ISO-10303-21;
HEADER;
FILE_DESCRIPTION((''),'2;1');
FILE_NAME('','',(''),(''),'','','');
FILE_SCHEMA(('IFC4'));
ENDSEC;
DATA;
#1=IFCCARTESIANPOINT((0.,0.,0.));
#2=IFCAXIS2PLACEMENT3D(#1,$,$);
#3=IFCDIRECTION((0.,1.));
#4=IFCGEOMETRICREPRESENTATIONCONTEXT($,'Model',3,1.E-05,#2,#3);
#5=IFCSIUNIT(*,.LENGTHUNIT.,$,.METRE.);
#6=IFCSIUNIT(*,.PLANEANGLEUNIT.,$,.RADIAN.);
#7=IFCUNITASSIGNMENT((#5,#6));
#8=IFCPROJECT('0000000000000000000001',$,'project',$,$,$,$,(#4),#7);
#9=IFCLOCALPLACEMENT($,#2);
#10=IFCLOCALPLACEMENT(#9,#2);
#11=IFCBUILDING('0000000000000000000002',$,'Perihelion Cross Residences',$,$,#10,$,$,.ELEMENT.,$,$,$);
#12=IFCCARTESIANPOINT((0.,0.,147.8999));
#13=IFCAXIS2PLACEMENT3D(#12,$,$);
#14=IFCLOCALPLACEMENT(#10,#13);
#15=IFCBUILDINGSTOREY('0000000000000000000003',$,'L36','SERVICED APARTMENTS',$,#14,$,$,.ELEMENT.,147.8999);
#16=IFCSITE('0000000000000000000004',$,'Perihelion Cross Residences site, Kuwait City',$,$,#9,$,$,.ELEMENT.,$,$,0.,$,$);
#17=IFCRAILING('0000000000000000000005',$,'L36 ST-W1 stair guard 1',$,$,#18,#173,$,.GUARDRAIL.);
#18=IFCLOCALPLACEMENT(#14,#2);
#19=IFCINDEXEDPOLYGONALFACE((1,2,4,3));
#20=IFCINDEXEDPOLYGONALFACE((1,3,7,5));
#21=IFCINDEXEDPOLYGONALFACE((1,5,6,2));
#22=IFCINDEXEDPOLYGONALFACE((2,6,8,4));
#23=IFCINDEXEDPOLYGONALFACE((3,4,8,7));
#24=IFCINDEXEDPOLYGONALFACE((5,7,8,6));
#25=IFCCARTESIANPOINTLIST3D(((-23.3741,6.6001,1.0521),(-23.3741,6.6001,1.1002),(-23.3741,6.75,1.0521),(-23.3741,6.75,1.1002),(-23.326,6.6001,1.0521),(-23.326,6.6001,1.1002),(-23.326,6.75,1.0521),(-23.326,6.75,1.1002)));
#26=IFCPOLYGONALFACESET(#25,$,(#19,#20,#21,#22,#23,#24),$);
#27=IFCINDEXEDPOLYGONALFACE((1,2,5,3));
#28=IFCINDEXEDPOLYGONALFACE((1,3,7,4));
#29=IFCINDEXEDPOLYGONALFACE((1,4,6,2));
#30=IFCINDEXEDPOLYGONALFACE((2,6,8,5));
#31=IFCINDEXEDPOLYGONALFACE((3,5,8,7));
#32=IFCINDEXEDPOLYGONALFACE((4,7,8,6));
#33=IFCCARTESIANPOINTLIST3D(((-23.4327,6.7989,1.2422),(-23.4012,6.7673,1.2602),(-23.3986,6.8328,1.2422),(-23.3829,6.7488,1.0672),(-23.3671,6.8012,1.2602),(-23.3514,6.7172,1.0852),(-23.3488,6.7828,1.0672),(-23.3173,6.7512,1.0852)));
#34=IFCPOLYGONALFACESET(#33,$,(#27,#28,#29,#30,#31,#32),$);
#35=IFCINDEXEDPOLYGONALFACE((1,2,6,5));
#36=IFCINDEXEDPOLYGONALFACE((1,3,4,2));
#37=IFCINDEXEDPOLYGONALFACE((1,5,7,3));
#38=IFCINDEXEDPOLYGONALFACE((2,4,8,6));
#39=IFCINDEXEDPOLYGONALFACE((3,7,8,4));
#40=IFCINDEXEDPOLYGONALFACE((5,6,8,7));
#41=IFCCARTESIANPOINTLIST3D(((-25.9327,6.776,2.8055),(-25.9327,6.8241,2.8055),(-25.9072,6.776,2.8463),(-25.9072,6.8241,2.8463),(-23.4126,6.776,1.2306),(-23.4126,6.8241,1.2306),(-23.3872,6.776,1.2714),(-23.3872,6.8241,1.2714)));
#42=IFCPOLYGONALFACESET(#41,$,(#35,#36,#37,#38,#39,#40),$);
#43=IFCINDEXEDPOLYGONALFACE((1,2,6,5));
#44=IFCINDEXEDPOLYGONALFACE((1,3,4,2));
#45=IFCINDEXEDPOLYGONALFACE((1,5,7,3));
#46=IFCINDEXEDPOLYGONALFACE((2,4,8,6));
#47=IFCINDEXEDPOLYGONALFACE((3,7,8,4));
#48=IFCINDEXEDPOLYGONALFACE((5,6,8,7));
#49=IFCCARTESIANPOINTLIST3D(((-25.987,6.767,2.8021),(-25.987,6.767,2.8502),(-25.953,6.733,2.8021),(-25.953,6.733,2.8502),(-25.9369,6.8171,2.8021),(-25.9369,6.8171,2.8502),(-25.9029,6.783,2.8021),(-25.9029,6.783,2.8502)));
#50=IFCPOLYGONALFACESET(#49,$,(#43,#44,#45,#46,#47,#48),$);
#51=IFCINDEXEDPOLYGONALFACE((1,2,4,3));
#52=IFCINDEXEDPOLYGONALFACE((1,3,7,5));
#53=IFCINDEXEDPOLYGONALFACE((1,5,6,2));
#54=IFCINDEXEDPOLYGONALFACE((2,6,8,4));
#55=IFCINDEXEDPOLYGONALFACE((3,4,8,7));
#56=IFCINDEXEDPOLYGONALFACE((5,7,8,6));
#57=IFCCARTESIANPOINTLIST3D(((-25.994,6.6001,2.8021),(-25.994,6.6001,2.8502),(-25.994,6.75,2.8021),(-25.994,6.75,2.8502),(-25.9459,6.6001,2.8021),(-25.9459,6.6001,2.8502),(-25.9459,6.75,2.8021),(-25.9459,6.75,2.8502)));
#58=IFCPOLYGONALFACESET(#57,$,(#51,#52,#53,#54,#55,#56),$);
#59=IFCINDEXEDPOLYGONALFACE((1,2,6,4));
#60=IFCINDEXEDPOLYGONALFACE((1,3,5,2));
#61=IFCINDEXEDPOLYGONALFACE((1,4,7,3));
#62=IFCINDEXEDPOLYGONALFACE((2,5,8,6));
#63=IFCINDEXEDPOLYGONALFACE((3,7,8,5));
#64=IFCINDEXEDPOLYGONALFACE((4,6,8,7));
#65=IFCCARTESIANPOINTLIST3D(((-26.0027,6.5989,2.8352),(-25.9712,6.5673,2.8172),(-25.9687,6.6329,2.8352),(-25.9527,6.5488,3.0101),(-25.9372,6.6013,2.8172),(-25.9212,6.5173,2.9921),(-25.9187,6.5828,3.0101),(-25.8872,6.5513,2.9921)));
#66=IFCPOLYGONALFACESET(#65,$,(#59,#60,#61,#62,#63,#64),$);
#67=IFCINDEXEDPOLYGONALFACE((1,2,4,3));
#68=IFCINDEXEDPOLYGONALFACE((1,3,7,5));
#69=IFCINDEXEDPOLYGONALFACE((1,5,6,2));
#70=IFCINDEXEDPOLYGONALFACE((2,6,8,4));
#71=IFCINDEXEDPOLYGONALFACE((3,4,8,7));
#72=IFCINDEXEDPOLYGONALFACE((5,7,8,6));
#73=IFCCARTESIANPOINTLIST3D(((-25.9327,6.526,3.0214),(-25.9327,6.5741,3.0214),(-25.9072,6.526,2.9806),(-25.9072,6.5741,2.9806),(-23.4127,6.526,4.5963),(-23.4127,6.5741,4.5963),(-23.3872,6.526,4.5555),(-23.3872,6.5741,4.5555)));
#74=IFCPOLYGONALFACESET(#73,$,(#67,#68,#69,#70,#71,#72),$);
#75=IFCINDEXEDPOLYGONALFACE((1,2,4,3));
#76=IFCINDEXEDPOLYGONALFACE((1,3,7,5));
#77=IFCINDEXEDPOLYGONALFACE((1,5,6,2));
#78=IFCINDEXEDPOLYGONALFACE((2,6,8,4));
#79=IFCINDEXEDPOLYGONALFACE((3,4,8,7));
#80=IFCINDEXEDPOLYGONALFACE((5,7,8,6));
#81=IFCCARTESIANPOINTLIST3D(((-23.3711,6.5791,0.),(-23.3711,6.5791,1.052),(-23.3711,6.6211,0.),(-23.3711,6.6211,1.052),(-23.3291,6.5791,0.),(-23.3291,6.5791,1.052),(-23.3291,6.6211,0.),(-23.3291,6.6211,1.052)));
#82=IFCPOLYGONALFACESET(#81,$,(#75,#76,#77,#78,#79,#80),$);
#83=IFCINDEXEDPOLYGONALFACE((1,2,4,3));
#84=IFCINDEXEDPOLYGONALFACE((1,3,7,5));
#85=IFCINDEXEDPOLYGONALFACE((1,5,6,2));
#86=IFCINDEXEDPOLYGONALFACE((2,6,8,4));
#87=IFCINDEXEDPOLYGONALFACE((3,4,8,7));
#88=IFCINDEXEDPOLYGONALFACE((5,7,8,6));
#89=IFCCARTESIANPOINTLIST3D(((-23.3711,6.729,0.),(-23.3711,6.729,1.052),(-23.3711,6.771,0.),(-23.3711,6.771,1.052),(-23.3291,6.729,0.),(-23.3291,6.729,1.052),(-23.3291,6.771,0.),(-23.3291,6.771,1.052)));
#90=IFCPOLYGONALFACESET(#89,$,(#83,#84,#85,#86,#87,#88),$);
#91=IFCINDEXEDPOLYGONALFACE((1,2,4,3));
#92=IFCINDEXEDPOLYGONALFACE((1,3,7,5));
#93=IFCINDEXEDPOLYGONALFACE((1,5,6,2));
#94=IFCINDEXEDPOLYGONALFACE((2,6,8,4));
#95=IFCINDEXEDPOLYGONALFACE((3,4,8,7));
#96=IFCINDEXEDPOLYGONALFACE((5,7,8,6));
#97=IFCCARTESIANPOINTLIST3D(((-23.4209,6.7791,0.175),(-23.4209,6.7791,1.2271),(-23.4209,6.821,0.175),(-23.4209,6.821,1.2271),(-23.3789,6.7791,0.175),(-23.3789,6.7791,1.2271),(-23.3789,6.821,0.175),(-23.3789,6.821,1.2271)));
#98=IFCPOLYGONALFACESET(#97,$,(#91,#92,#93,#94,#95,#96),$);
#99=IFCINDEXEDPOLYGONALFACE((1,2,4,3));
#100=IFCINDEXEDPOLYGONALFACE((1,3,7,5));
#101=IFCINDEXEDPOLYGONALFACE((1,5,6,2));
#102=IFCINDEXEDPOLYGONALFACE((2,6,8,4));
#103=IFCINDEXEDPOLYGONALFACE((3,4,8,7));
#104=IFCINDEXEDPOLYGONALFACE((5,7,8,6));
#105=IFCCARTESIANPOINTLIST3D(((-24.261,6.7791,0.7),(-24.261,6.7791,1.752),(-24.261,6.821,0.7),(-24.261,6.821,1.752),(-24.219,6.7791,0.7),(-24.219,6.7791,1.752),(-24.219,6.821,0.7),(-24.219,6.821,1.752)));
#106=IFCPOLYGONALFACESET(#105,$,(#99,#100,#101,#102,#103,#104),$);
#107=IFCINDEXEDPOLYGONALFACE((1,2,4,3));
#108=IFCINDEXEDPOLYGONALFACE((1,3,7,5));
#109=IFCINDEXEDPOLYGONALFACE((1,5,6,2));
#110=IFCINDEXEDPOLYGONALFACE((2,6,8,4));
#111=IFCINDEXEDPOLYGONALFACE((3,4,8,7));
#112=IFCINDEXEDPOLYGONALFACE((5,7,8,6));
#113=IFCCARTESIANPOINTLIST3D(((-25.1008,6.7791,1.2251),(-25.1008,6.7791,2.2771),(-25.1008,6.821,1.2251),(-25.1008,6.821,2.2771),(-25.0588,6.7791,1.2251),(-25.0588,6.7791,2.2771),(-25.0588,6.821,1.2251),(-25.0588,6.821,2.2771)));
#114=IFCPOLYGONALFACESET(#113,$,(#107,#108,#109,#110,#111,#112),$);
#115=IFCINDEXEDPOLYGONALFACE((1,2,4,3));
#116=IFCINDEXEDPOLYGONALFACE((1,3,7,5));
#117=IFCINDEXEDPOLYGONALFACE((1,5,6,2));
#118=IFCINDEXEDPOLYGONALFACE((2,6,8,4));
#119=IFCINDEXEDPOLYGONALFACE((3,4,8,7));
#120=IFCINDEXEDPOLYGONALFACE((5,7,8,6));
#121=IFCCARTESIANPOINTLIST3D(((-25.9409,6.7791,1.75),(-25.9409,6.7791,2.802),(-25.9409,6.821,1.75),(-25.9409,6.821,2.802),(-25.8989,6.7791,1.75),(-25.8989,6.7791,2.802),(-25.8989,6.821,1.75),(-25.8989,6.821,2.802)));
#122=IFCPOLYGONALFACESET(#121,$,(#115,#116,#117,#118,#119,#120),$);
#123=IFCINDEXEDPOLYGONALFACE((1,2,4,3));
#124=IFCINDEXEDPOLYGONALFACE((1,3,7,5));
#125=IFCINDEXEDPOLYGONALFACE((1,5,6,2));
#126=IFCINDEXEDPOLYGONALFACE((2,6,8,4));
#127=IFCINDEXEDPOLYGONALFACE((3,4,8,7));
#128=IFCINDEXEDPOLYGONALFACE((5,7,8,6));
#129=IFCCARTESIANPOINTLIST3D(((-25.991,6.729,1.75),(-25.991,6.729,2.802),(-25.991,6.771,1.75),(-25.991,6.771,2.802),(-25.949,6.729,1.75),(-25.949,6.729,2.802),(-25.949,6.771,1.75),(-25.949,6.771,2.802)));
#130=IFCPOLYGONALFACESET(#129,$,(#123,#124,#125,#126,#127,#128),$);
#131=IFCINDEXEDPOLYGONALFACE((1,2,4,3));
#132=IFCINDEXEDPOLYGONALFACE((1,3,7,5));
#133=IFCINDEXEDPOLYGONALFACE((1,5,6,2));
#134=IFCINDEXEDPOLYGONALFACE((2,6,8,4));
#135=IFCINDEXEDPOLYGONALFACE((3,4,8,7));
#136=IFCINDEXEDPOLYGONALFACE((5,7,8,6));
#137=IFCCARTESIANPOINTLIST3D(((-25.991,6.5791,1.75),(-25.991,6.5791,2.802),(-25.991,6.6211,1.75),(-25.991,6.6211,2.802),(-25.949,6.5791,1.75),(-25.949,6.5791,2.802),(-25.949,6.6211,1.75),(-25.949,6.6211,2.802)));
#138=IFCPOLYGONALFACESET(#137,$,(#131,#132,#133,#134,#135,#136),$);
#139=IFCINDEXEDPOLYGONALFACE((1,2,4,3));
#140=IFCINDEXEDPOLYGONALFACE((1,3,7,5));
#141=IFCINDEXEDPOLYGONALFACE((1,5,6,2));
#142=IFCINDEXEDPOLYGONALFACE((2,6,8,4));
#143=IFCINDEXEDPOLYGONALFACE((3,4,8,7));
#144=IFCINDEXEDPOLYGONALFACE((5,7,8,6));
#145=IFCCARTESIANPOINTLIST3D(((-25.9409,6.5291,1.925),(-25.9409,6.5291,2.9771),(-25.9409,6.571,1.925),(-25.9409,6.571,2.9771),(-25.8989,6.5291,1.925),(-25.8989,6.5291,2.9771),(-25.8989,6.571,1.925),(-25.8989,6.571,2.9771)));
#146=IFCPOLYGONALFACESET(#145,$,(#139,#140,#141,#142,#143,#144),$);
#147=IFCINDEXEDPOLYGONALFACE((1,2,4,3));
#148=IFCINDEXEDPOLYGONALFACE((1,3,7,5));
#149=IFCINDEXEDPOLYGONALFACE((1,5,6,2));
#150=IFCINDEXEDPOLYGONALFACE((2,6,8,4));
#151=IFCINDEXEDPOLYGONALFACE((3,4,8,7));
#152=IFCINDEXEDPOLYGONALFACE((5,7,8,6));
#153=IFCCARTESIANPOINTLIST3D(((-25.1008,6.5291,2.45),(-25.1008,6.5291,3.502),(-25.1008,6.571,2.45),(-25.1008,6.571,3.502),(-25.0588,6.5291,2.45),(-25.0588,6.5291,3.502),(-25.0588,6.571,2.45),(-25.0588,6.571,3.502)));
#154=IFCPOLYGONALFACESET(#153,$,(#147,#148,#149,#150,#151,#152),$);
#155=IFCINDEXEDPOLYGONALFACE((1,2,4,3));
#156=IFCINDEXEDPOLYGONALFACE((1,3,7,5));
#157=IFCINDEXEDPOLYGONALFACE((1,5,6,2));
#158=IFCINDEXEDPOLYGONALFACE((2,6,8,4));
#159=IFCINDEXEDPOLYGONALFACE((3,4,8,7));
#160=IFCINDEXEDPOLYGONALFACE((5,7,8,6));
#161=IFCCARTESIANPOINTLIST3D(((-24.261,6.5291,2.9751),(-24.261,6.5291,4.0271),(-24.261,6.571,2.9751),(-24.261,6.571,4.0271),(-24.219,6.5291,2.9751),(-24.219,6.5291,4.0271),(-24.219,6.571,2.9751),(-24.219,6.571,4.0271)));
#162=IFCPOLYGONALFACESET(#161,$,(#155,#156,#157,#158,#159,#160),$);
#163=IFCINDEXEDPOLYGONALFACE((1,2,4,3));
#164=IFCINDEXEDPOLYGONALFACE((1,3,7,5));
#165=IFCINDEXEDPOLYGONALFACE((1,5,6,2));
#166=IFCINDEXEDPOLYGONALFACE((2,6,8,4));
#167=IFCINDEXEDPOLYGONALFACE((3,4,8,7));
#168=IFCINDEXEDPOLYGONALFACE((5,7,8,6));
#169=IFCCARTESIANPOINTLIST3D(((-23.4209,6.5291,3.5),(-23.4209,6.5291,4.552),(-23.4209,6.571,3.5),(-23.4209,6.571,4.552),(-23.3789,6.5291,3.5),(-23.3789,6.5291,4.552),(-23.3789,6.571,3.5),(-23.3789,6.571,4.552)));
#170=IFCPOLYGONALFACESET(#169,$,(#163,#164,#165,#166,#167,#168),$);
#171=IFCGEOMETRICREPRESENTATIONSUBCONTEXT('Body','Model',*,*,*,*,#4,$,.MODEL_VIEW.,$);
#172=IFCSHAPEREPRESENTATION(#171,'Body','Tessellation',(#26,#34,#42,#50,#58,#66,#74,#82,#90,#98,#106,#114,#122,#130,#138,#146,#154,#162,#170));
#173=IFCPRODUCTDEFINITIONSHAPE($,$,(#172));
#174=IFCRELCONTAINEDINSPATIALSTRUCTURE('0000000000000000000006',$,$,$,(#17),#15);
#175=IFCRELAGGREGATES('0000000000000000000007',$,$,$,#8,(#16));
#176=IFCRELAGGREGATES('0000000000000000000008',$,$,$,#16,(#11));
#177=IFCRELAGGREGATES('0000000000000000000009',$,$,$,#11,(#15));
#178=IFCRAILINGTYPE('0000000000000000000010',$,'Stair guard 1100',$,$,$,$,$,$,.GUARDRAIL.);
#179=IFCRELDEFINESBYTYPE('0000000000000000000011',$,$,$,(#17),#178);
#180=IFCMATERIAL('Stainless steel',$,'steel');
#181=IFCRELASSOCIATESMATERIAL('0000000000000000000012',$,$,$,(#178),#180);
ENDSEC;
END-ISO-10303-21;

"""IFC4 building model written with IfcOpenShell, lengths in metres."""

from ifc_helpers import new_model, si_unit, direction, frame, origin, origin_2d, place, context, subcontext, project, spatial, rectangle, extrude, material, type_object, element, save


model = new_model("IFC4")

# Units and contexts
model_context = context("Model", 3, precision=1e-05, world=origin(), true_north=direction((0.0, 1.0)))
body_context = subcontext(model_context, "Body", "Model", "MODEL_VIEW")
ifc_project = project(units=[si_unit("LENGTHUNIT", "METRE"), si_unit("PLANEANGLEUNIT", "RADIAN")], contexts=[model_context])

# Site, building, storey
site_placement = place(None, origin())
site = spatial("IfcSite", under=ifc_project, at=site_placement, Name="Perihelion Cross Residences site, Kuwait City", CompositionType="ELEMENT", RefElevation=0.0)
building_placement = place(site_placement, origin())
building = spatial("IfcBuilding", under=site, at=building_placement, Name="Perihelion Cross Residences", CompositionType="ELEMENT")
storey_placement = place(building_placement, frame((0.0, 0.0, 147.8999)))
storey = spatial("IfcBuildingStorey", under=building, at=storey_placement, Name="L36", Description="SERVICED APARTMENTS", CompositionType="ELEMENT", Elevation=147.8999)

# Railing
ifc_material_1 = material(Name="Stainless steel", Category="steel")
railing_type_1 = type_object("IfcRailingType", Name="Stair guard 1100", PredefinedType="GUARDRAIL", material=ifc_material_1)
railing_1_placement = place(storey_placement, frame((-23.3501, 6.6001, 0.0)))
element("IfcRailing", 1, at=railing_1_placement, inside=storey, type_object=railing_type_1, Name="L36 ST-W1 stair guard 1", PredefinedType="GUARDRAIL", context=body_context, shape_type="SweptSolid", body=[
    extrude(rectangle(XDim=0.0481, YDim=0.0481, at=origin_2d()), frame((0.0, 0.0, 1.0762), z_axis=(0.0, 1.0, 0.0), x_axis=(-1.0, 0.0, 0.0)), (0.0, 0.0, 1.0), 0.1499),
    extrude(rectangle(XDim=0.0481, YDim=0.0481, at=origin_2d()), frame((0.0, 0.1499, 1.0762), z_axis=(-0.263862, 0.265156, 0.927399), x_axis=(-0.708834, -0.705376, 0.0)), (0.0, 0.0, 1.0), 0.1887),
    extrude(rectangle(XDim=0.0481, YDim=0.0481, at=origin_2d()), frame((-0.0498, 0.2, 1.251), z_axis=(-0.848008, 0.0, 0.529984), x_axis=(0.0, -1.0, 0.0)), (0.0, 0.0, 1.0), 2.9717),
    extrude(rectangle(XDim=0.0481, YDim=0.0481, at=origin_2d()), frame((-2.5698, 0.2, 2.8262), z_axis=(-0.707107, -0.707107, 0.0), x_axis=(0.707107, -0.707107, 0.0)), (0.0, 0.0, 1.0), 0.0708),
    extrude(rectangle(XDim=0.0481, YDim=0.0481, at=origin_2d()), frame((-2.6199, 0.1499, 2.8262), z_axis=(0.0, -1.0, 0.0), x_axis=(1.0, 0.0, 0.0)), (0.0, 0.0, 1.0), 0.1499),
    extrude(rectangle(XDim=0.0481, YDim=0.0481, at=origin_2d()), frame((-2.6199, 0.0, 2.8262), z_axis=(0.265065, -0.265065, 0.927082), x_axis=(0.707107, 0.707107, 0.0)), (0.0, 0.0, 1.0), 0.1887),
    extrude(rectangle(XDim=0.0481, YDim=0.0481, at=origin_2d()), frame((-2.5698, -0.05, 3.001), z_axis=(0.848008, 0.0, 0.529984), x_axis=(0.0, 1.0, 0.0)), (0.0, 0.0, 1.0), 2.9717),
    extrude(rectangle(XDim=0.042, YDim=0.042, at=origin_2d()), origin(), (0.0, 0.0, 1.0), 1.052),
    extrude(rectangle(XDim=0.042, YDim=0.042, at=origin_2d()), frame((0.0, 0.1499, 0.0)), (0.0, 0.0, 1.0), 1.052),
    extrude(rectangle(XDim=0.042, YDim=0.042, at=origin_2d()), frame((-0.0498, 0.2, 0.175)), (0.0, 0.0, 1.0), 1.052),
    extrude(rectangle(XDim=0.042, YDim=0.042, at=origin_2d()), frame((-0.8899, 0.2, 0.7)), (0.0, 0.0, 1.0), 1.052),
    extrude(rectangle(XDim=0.042, YDim=0.042, at=origin_2d()), frame((-1.7297, 0.2, 1.2251)), (0.0, 0.0, 1.0), 1.052),
    extrude(rectangle(XDim=0.042, YDim=0.042, at=origin_2d()), frame((-2.5698, 0.2, 1.75)), (0.0, 0.0, 1.0), 1.052),
    extrude(rectangle(XDim=0.042, YDim=0.042, at=origin_2d()), frame((-2.6199, 0.1499, 1.75)), (0.0, 0.0, 1.0), 1.052),
    extrude(rectangle(XDim=0.042, YDim=0.042, at=origin_2d()), frame((-2.6199, 0.0, 1.75)), (0.0, 0.0, 1.0), 1.052),
    extrude(rectangle(XDim=0.042, YDim=0.042, at=origin_2d()), frame((-2.5698, -0.05, 1.925)), (0.0, 0.0, 1.0), 1.052),
    extrude(rectangle(XDim=0.042, YDim=0.042, at=origin_2d()), frame((-1.7297, -0.05, 2.45)), (0.0, 0.0, 1.0), 1.052),
    extrude(rectangle(XDim=0.042, YDim=0.042, at=origin_2d()), frame((-0.8899, -0.05, 2.9751)), (0.0, 0.0, 1.0), 1.052),
    extrude(rectangle(XDim=0.042, YDim=0.042, at=origin_2d()), frame((-0.0498, -0.05, 3.5)), (0.0, 0.0, 1.0), 1.052),
])

save(model, "model.ifc")
